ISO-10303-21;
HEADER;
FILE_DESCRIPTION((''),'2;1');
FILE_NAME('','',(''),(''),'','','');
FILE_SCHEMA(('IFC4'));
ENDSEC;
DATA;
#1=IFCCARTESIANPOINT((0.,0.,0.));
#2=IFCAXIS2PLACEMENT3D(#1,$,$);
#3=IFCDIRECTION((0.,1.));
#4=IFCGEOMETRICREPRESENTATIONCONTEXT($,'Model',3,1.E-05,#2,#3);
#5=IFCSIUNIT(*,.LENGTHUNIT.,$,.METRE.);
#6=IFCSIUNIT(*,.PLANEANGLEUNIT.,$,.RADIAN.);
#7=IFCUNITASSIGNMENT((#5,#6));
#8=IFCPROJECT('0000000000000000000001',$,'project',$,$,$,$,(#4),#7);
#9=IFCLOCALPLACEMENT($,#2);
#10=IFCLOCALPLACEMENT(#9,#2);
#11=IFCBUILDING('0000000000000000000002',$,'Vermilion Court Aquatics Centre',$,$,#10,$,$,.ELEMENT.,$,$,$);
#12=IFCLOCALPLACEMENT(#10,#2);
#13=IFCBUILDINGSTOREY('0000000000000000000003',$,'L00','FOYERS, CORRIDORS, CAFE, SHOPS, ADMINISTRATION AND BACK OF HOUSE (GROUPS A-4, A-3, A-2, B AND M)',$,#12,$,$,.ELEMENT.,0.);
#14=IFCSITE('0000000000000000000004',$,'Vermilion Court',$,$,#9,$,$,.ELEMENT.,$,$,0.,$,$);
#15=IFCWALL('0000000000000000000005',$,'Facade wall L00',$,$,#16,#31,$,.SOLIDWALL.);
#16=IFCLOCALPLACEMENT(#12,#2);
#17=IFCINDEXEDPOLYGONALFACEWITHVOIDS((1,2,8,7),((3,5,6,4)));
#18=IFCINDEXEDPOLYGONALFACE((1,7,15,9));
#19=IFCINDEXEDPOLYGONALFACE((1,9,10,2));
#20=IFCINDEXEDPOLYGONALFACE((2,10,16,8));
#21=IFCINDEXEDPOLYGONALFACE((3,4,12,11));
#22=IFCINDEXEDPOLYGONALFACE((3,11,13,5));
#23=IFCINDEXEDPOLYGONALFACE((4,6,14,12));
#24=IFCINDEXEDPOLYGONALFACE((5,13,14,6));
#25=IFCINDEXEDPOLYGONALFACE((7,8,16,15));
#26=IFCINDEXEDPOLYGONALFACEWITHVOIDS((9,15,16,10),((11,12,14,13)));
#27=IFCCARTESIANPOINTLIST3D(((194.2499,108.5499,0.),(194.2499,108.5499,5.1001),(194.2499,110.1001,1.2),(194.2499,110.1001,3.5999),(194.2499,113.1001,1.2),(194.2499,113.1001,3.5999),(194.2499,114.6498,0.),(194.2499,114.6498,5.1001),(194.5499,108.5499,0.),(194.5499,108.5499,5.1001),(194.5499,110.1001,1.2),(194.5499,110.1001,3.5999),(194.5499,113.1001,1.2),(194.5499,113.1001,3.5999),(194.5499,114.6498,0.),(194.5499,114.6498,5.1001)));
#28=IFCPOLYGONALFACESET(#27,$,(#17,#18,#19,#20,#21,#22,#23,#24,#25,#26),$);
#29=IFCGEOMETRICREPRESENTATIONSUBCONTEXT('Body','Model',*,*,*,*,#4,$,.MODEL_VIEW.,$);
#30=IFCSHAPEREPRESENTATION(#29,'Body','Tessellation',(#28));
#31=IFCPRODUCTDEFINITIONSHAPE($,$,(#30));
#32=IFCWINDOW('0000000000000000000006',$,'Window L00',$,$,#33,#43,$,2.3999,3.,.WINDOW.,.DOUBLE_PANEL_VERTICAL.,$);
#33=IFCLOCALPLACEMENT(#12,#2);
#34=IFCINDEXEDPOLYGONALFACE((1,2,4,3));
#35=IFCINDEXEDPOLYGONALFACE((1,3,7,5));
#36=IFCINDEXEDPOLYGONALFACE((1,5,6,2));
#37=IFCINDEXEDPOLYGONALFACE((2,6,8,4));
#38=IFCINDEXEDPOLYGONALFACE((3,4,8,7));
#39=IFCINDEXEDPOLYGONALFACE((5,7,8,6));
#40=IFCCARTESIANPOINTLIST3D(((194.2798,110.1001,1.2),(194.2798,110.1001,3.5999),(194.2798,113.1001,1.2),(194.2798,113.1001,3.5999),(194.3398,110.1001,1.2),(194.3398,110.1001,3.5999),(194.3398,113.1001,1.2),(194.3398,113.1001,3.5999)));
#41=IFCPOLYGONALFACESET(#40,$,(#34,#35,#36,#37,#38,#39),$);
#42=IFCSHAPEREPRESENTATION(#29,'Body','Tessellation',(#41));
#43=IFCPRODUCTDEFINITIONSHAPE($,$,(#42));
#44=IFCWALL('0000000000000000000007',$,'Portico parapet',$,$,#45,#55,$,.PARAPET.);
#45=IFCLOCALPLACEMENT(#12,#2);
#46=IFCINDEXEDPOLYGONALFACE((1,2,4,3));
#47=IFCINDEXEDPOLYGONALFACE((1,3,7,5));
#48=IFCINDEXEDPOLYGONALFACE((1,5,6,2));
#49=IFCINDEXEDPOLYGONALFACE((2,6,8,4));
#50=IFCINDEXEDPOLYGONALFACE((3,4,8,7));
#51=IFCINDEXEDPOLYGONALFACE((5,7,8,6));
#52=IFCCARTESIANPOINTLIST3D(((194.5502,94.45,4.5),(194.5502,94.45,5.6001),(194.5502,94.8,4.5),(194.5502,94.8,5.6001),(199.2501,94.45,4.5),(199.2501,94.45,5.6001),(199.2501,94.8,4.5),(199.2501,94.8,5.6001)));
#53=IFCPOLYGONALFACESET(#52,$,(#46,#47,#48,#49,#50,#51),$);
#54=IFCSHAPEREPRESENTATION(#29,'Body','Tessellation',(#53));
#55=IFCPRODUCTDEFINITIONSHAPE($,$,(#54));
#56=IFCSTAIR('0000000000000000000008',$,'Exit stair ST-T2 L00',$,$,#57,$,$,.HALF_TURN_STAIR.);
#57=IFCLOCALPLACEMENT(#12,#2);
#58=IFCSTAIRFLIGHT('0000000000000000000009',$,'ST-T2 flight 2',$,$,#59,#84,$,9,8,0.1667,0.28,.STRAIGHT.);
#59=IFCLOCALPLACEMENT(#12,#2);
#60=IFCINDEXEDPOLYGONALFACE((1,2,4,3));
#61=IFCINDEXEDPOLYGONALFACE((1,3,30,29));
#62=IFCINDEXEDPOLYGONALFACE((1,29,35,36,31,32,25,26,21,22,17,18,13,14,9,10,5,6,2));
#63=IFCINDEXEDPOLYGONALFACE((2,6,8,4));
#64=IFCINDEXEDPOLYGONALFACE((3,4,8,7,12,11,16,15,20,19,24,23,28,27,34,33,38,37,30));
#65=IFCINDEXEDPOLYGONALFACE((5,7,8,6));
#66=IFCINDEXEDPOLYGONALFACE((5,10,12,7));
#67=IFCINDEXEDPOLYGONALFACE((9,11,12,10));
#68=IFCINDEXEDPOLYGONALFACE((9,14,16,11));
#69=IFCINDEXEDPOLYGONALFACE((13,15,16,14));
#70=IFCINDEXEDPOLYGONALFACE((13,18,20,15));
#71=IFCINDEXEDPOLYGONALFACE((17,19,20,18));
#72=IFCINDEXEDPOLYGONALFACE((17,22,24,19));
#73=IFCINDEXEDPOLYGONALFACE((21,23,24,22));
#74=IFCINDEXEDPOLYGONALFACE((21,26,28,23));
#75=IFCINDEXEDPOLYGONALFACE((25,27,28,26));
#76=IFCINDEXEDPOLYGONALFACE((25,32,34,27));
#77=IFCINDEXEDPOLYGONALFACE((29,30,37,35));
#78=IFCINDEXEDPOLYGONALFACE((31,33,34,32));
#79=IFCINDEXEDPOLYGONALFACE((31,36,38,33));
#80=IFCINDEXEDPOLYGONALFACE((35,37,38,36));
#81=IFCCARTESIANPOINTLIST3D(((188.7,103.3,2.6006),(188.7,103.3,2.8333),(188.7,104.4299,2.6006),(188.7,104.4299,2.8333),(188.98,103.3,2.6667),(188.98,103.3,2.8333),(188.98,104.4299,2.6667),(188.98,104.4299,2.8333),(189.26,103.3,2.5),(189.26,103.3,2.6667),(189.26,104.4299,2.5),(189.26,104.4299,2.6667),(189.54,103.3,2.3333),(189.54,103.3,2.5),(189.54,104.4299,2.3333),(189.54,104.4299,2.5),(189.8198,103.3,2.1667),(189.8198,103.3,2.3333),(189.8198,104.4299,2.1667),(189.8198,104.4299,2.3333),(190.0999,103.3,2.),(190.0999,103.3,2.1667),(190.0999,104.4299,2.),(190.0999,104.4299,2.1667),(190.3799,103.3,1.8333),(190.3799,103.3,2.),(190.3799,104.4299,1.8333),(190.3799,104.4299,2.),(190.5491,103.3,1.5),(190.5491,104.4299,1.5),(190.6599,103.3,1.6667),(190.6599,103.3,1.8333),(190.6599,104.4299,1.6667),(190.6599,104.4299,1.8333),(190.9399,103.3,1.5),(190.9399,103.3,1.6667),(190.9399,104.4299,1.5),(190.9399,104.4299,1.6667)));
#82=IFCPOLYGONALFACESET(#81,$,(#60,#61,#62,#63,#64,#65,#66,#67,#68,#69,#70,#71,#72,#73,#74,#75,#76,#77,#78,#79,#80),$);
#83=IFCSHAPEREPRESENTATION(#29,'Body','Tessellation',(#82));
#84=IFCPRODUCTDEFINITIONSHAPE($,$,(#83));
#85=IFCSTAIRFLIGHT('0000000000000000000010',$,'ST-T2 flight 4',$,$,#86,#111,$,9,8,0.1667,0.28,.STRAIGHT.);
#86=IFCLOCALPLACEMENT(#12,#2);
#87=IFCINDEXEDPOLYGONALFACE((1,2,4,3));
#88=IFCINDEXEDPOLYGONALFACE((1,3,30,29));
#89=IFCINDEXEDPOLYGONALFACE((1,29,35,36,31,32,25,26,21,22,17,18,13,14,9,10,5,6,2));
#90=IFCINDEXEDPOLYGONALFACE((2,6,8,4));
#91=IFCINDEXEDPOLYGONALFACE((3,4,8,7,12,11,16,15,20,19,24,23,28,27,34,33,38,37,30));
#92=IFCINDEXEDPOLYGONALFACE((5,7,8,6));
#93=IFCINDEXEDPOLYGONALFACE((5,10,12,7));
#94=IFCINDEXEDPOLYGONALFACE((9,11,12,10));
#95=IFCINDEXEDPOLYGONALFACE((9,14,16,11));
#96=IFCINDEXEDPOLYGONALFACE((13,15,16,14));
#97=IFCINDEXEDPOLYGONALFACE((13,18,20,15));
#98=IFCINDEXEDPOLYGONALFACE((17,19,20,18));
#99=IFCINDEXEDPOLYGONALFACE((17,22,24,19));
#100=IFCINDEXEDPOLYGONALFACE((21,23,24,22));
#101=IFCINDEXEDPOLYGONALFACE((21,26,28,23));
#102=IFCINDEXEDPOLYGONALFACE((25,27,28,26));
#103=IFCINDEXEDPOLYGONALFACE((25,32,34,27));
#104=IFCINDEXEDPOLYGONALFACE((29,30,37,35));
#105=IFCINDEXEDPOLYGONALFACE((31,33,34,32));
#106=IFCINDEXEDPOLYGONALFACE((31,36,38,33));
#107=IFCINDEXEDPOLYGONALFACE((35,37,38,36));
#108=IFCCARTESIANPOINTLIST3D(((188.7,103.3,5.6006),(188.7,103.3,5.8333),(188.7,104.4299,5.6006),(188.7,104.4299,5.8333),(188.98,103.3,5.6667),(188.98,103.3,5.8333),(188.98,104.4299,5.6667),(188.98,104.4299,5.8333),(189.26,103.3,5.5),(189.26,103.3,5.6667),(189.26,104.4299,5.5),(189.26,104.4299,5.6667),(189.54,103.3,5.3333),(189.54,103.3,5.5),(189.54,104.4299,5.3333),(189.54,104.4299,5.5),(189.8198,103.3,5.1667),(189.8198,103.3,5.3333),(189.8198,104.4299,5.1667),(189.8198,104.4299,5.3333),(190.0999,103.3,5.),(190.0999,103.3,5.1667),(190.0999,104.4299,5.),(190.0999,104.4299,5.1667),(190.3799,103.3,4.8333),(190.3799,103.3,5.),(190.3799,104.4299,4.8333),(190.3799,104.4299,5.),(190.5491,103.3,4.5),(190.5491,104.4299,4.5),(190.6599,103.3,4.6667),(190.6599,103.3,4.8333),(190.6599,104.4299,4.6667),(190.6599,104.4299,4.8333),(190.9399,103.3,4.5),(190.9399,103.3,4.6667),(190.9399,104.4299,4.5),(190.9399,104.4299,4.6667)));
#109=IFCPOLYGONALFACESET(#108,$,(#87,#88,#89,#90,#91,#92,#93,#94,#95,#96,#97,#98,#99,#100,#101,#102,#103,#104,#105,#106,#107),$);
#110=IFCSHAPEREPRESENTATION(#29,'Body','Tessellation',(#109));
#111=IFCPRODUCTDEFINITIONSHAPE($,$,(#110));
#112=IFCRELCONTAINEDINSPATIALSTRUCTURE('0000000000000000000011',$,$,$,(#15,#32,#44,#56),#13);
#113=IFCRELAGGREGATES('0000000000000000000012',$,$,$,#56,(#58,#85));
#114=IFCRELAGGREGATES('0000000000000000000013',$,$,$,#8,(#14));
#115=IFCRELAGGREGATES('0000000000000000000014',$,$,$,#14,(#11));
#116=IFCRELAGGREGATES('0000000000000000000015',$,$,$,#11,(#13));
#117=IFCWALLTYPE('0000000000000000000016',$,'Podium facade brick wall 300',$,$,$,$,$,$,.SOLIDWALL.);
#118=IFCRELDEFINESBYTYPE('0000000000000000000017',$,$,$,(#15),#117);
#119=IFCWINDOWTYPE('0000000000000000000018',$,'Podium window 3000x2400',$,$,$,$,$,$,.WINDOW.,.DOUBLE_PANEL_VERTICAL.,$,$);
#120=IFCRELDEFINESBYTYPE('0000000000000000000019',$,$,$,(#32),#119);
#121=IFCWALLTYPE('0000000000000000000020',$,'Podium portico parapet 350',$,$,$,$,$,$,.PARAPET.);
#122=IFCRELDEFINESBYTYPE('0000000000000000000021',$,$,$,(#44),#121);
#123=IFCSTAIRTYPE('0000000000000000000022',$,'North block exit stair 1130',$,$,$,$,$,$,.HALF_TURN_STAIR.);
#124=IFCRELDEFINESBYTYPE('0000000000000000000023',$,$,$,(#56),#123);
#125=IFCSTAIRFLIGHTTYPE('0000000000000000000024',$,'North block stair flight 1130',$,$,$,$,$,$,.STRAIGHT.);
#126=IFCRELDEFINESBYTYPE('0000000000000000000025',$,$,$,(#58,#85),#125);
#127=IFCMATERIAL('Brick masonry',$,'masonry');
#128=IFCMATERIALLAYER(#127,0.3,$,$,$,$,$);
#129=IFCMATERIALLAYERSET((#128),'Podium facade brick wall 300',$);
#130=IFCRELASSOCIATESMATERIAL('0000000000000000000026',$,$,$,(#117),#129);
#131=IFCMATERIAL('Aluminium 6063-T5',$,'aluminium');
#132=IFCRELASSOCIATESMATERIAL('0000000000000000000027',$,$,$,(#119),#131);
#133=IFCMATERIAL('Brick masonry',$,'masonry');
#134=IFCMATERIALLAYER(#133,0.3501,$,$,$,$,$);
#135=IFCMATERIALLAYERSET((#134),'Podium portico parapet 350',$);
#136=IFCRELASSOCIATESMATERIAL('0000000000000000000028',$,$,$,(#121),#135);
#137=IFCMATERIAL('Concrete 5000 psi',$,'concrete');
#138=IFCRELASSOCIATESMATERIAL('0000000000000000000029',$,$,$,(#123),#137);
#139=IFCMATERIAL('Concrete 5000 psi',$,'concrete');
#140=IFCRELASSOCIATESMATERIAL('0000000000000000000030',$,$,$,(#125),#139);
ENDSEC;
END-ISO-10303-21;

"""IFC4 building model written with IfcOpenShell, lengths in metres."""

from ifc_helpers import new_model, si_unit, direction, frame, frame_2d, origin, place, context, subcontext, project, spatial, polyline, rectangle, outline, extrude, material, layer, layer_set, type_object, element, fill, aggregate, save


model = new_model("IFC4")

# Units and contexts
model_context = context("Model", 3, precision=1e-05, world=origin(), true_north=direction((0.0, 1.0)))
body_context = subcontext(model_context, "Body", "Model", "MODEL_VIEW")
ifc_project = project(units=[si_unit("LENGTHUNIT", "METRE"), si_unit("PLANEANGLEUNIT", "RADIAN")], contexts=[model_context])

# Site, building, storey
site_placement = place(None, origin())
site = spatial("IfcSite", under=ifc_project, at=site_placement, Name="Vermilion Court", CompositionType="ELEMENT", RefElevation=0.0)
building_placement = place(site_placement, origin())
building = spatial("IfcBuilding", under=site, at=building_placement, Name="Vermilion Court Aquatics Centre", CompositionType="ELEMENT")
storey_placement = place(building_placement, origin())
storey = spatial("IfcBuildingStorey", under=building, at=storey_placement, Name="L00", Description="FOYERS, CORRIDORS, CAFE, SHOPS, ADMINISTRATION AND BACK OF HOUSE (GROUPS A-4, A-3, A-2, B AND M)", CompositionType="ELEMENT", Elevation=0.0)

# Wall, opening, window
ifc_material_1 = material(Name="Brick masonry", Category="masonry")
ifc_layer_1 = layer(ifc_material_1, 0.3)
ifc_layer_set_1 = layer_set([ifc_layer_1], Name="Podium facade brick wall 300")
wall_type_1 = type_object("IfcWallType", Name="Podium facade brick wall 300", PredefinedType="SOLIDWALL", material=ifc_layer_set_1)
ifc_material_2 = material(Name="Aluminium 6063-T5", Category="aluminium")
window_type = type_object("IfcWindowType", Name="Podium window 3000x2400", PartitioningType="DOUBLE_PANEL_VERTICAL", PredefinedType="WINDOW", material=ifc_material_2)
wall_1_placement = place(storey_placement, frame((194.3999, 108.55, 0.0), z_axis=(0.0, 0.0, 1.0), x_axis=(0.0, 1.0, 0.0)))
wall_1 = element("IfcWall", 1, at=wall_1_placement, inside=storey, type_object=wall_type_1, Name="Facade wall L00", PredefinedType="SOLIDWALL", context=body_context, shape_type="SweptSolid", body=[
    extrude(rectangle(XDim=6.0999, YDim=0.3, at=frame_2d((3.0498, 0.0))), origin(), (0.0, 0.0, 1.0), 5.1001),
])
opening_1_placement = place(wall_1_placement, frame((1.55, 0.0, 1.2)))
opening_1 = element("IfcOpeningElement", 2, at=opening_1_placement, cuts=wall_1, PredefinedType="OPENING", context=body_context, shape_type="SweptSolid", body=[
    extrude(rectangle(XDim=3.0, YDim=2.3999, at=frame_2d((1.5, 1.2))), frame((0.0, 0.1599, 0.0), z_axis=(0.0, -1.0, 0.0), x_axis=(1.0, 0.0, 0.0)), (0.0, 0.0, 1.0), 0.3201),
])
window_1_placement = place(opening_1_placement, origin())
window_1 = element("IfcWindow", 3, at=window_1_placement, inside=storey, type_object=window_type, Name="Window L00", OverallHeight=2.3999, OverallWidth=3.0, PartitioningType="DOUBLE_PANEL_VERTICAL", PredefinedType="WINDOW", context=body_context, shape_type="SweptSolid", body=[
    extrude(rectangle(XDim=3.0, YDim=2.3999, at=frame_2d((1.5, 1.2))), frame((0.0, 0.1201, 0.0), z_axis=(0.0, -1.0, 0.0), x_axis=(1.0, 0.0, 0.0)), (0.0, 0.0, 1.0), 0.0601),
])
fill(opening_1, window_1)

# Wall
ifc_material_3 = material(Name="Brick masonry", Category="masonry")
ifc_layer_2 = layer(ifc_material_3, 0.3501)
ifc_layer_set_2 = layer_set([ifc_layer_2], Name="Podium portico parapet 350")
wall_type_2 = type_object("IfcWallType", Name="Podium portico parapet 350", PredefinedType="PARAPET", material=ifc_layer_set_2)
wall_2_placement = place(storey_placement, frame((194.55, 94.625, 4.5), z_axis=(0.0, 0.0, 1.0), x_axis=(1.0, 0.0, 0.0)))
element("IfcWall", 4, at=wall_2_placement, inside=storey, type_object=wall_type_2, Name="Portico parapet", PredefinedType="PARAPET", context=body_context, shape_type="SweptSolid", body=[
    extrude(rectangle(XDim=4.7, YDim=0.3501, at=frame_2d((2.3501, 0.0))), origin(), (0.0, 0.0, 1.0), 1.1001),
])

# Stair, stair flights
ifc_material_4 = material(Name="Concrete 5000 psi", Category="concrete")
stair_type = type_object("IfcStairType", Name="North block exit stair 1130", PredefinedType="HALF_TURN_STAIR", material=ifc_material_4)
stair_placement = place(storey_placement, origin())
stair = element("IfcStair", 5, at=stair_placement, inside=storey, type_object=stair_type, Name="Exit stair ST-T2 L00", PredefinedType="HALF_TURN_STAIR")
ifc_material_5 = material(Name="Concrete 5000 psi", Category="concrete")
stair_flight_type = type_object("IfcStairFlightType", Name="North block stair flight 1130", PredefinedType="STRAIGHT", material=ifc_material_5)
stair_flight_1_placement = place(storey_placement, frame((190.9399, 103.865, 1.5), z_axis=(0.0, 0.0, 1.0), x_axis=(-1.0, 0.0, 0.0)))
stair_flight_1 = element("IfcStairFlight", 6, at=stair_flight_1_placement, type_object=stair_flight_type, Name="ST-T2 flight 2", NumberOfRisers=9, NumberOfTreads=8, PredefinedType="STRAIGHT", RiserHeight=0.1667, TreadLength=0.28, context=body_context, shape_type="SweptSolid", body=[
    extrude(outline(polyline([(0.0, 0.0), (0.0, 0.1667), (0.28, 0.1667), (0.28, 0.3333), (0.5601, 0.3333), (0.5601, 0.5), (0.8401, 0.5), (0.8401, 0.6667), (1.1201, 0.6667), (1.1201, 0.8333), (1.3999, 0.8333), (1.3999, 1.0), (1.6799, 1.0), (1.6799, 1.1667), (1.96, 1.1667), (1.96, 1.3333), (2.24, 1.3333), (2.24, 1.5), (2.24, 1.1006), (0.3909, 0.0), (0.0, 0.0)])), frame((0.0, 0.5649, 0.0), z_axis=(0.0, -1.0, 0.0), x_axis=(1.0, 0.0, 0.0)), (0.0, 0.0, 1.0), 1.1299),
])
stair_flight_2_placement = place(storey_placement, frame((190.9399, 103.865, 4.5), z_axis=(0.0, 0.0, 1.0), x_axis=(-1.0, 0.0, 0.0)))
stair_flight_2 = element("IfcStairFlight", 7, at=stair_flight_2_placement, type_object=stair_flight_type, Name="ST-T2 flight 4", NumberOfRisers=9, NumberOfTreads=8, PredefinedType="STRAIGHT", RiserHeight=0.1667, TreadLength=0.28, context=body_context, shape_type="SweptSolid", body=[
    extrude(outline(polyline([(0.0, 0.0), (0.0, 0.1667), (0.28, 0.1667), (0.28, 0.3333), (0.5601, 0.3333), (0.5601, 0.5), (0.8401, 0.5), (0.8401, 0.6667), (1.1201, 0.6667), (1.1201, 0.8333), (1.3999, 0.8333), (1.3999, 1.0), (1.6799, 1.0), (1.6799, 1.1667), (1.96, 1.1667), (1.96, 1.3333), (2.24, 1.3333), (2.24, 1.5), (2.24, 1.1006), (0.3909, 0.0), (0.0, 0.0)])), frame((0.0, 0.5649, 0.0), z_axis=(0.0, -1.0, 0.0), x_axis=(1.0, 0.0, 0.0)), (0.0, 0.0, 1.0), 1.1299),
])
aggregate(stair, [stair_flight_1, stair_flight_2])

save(model, "model.ifc")
